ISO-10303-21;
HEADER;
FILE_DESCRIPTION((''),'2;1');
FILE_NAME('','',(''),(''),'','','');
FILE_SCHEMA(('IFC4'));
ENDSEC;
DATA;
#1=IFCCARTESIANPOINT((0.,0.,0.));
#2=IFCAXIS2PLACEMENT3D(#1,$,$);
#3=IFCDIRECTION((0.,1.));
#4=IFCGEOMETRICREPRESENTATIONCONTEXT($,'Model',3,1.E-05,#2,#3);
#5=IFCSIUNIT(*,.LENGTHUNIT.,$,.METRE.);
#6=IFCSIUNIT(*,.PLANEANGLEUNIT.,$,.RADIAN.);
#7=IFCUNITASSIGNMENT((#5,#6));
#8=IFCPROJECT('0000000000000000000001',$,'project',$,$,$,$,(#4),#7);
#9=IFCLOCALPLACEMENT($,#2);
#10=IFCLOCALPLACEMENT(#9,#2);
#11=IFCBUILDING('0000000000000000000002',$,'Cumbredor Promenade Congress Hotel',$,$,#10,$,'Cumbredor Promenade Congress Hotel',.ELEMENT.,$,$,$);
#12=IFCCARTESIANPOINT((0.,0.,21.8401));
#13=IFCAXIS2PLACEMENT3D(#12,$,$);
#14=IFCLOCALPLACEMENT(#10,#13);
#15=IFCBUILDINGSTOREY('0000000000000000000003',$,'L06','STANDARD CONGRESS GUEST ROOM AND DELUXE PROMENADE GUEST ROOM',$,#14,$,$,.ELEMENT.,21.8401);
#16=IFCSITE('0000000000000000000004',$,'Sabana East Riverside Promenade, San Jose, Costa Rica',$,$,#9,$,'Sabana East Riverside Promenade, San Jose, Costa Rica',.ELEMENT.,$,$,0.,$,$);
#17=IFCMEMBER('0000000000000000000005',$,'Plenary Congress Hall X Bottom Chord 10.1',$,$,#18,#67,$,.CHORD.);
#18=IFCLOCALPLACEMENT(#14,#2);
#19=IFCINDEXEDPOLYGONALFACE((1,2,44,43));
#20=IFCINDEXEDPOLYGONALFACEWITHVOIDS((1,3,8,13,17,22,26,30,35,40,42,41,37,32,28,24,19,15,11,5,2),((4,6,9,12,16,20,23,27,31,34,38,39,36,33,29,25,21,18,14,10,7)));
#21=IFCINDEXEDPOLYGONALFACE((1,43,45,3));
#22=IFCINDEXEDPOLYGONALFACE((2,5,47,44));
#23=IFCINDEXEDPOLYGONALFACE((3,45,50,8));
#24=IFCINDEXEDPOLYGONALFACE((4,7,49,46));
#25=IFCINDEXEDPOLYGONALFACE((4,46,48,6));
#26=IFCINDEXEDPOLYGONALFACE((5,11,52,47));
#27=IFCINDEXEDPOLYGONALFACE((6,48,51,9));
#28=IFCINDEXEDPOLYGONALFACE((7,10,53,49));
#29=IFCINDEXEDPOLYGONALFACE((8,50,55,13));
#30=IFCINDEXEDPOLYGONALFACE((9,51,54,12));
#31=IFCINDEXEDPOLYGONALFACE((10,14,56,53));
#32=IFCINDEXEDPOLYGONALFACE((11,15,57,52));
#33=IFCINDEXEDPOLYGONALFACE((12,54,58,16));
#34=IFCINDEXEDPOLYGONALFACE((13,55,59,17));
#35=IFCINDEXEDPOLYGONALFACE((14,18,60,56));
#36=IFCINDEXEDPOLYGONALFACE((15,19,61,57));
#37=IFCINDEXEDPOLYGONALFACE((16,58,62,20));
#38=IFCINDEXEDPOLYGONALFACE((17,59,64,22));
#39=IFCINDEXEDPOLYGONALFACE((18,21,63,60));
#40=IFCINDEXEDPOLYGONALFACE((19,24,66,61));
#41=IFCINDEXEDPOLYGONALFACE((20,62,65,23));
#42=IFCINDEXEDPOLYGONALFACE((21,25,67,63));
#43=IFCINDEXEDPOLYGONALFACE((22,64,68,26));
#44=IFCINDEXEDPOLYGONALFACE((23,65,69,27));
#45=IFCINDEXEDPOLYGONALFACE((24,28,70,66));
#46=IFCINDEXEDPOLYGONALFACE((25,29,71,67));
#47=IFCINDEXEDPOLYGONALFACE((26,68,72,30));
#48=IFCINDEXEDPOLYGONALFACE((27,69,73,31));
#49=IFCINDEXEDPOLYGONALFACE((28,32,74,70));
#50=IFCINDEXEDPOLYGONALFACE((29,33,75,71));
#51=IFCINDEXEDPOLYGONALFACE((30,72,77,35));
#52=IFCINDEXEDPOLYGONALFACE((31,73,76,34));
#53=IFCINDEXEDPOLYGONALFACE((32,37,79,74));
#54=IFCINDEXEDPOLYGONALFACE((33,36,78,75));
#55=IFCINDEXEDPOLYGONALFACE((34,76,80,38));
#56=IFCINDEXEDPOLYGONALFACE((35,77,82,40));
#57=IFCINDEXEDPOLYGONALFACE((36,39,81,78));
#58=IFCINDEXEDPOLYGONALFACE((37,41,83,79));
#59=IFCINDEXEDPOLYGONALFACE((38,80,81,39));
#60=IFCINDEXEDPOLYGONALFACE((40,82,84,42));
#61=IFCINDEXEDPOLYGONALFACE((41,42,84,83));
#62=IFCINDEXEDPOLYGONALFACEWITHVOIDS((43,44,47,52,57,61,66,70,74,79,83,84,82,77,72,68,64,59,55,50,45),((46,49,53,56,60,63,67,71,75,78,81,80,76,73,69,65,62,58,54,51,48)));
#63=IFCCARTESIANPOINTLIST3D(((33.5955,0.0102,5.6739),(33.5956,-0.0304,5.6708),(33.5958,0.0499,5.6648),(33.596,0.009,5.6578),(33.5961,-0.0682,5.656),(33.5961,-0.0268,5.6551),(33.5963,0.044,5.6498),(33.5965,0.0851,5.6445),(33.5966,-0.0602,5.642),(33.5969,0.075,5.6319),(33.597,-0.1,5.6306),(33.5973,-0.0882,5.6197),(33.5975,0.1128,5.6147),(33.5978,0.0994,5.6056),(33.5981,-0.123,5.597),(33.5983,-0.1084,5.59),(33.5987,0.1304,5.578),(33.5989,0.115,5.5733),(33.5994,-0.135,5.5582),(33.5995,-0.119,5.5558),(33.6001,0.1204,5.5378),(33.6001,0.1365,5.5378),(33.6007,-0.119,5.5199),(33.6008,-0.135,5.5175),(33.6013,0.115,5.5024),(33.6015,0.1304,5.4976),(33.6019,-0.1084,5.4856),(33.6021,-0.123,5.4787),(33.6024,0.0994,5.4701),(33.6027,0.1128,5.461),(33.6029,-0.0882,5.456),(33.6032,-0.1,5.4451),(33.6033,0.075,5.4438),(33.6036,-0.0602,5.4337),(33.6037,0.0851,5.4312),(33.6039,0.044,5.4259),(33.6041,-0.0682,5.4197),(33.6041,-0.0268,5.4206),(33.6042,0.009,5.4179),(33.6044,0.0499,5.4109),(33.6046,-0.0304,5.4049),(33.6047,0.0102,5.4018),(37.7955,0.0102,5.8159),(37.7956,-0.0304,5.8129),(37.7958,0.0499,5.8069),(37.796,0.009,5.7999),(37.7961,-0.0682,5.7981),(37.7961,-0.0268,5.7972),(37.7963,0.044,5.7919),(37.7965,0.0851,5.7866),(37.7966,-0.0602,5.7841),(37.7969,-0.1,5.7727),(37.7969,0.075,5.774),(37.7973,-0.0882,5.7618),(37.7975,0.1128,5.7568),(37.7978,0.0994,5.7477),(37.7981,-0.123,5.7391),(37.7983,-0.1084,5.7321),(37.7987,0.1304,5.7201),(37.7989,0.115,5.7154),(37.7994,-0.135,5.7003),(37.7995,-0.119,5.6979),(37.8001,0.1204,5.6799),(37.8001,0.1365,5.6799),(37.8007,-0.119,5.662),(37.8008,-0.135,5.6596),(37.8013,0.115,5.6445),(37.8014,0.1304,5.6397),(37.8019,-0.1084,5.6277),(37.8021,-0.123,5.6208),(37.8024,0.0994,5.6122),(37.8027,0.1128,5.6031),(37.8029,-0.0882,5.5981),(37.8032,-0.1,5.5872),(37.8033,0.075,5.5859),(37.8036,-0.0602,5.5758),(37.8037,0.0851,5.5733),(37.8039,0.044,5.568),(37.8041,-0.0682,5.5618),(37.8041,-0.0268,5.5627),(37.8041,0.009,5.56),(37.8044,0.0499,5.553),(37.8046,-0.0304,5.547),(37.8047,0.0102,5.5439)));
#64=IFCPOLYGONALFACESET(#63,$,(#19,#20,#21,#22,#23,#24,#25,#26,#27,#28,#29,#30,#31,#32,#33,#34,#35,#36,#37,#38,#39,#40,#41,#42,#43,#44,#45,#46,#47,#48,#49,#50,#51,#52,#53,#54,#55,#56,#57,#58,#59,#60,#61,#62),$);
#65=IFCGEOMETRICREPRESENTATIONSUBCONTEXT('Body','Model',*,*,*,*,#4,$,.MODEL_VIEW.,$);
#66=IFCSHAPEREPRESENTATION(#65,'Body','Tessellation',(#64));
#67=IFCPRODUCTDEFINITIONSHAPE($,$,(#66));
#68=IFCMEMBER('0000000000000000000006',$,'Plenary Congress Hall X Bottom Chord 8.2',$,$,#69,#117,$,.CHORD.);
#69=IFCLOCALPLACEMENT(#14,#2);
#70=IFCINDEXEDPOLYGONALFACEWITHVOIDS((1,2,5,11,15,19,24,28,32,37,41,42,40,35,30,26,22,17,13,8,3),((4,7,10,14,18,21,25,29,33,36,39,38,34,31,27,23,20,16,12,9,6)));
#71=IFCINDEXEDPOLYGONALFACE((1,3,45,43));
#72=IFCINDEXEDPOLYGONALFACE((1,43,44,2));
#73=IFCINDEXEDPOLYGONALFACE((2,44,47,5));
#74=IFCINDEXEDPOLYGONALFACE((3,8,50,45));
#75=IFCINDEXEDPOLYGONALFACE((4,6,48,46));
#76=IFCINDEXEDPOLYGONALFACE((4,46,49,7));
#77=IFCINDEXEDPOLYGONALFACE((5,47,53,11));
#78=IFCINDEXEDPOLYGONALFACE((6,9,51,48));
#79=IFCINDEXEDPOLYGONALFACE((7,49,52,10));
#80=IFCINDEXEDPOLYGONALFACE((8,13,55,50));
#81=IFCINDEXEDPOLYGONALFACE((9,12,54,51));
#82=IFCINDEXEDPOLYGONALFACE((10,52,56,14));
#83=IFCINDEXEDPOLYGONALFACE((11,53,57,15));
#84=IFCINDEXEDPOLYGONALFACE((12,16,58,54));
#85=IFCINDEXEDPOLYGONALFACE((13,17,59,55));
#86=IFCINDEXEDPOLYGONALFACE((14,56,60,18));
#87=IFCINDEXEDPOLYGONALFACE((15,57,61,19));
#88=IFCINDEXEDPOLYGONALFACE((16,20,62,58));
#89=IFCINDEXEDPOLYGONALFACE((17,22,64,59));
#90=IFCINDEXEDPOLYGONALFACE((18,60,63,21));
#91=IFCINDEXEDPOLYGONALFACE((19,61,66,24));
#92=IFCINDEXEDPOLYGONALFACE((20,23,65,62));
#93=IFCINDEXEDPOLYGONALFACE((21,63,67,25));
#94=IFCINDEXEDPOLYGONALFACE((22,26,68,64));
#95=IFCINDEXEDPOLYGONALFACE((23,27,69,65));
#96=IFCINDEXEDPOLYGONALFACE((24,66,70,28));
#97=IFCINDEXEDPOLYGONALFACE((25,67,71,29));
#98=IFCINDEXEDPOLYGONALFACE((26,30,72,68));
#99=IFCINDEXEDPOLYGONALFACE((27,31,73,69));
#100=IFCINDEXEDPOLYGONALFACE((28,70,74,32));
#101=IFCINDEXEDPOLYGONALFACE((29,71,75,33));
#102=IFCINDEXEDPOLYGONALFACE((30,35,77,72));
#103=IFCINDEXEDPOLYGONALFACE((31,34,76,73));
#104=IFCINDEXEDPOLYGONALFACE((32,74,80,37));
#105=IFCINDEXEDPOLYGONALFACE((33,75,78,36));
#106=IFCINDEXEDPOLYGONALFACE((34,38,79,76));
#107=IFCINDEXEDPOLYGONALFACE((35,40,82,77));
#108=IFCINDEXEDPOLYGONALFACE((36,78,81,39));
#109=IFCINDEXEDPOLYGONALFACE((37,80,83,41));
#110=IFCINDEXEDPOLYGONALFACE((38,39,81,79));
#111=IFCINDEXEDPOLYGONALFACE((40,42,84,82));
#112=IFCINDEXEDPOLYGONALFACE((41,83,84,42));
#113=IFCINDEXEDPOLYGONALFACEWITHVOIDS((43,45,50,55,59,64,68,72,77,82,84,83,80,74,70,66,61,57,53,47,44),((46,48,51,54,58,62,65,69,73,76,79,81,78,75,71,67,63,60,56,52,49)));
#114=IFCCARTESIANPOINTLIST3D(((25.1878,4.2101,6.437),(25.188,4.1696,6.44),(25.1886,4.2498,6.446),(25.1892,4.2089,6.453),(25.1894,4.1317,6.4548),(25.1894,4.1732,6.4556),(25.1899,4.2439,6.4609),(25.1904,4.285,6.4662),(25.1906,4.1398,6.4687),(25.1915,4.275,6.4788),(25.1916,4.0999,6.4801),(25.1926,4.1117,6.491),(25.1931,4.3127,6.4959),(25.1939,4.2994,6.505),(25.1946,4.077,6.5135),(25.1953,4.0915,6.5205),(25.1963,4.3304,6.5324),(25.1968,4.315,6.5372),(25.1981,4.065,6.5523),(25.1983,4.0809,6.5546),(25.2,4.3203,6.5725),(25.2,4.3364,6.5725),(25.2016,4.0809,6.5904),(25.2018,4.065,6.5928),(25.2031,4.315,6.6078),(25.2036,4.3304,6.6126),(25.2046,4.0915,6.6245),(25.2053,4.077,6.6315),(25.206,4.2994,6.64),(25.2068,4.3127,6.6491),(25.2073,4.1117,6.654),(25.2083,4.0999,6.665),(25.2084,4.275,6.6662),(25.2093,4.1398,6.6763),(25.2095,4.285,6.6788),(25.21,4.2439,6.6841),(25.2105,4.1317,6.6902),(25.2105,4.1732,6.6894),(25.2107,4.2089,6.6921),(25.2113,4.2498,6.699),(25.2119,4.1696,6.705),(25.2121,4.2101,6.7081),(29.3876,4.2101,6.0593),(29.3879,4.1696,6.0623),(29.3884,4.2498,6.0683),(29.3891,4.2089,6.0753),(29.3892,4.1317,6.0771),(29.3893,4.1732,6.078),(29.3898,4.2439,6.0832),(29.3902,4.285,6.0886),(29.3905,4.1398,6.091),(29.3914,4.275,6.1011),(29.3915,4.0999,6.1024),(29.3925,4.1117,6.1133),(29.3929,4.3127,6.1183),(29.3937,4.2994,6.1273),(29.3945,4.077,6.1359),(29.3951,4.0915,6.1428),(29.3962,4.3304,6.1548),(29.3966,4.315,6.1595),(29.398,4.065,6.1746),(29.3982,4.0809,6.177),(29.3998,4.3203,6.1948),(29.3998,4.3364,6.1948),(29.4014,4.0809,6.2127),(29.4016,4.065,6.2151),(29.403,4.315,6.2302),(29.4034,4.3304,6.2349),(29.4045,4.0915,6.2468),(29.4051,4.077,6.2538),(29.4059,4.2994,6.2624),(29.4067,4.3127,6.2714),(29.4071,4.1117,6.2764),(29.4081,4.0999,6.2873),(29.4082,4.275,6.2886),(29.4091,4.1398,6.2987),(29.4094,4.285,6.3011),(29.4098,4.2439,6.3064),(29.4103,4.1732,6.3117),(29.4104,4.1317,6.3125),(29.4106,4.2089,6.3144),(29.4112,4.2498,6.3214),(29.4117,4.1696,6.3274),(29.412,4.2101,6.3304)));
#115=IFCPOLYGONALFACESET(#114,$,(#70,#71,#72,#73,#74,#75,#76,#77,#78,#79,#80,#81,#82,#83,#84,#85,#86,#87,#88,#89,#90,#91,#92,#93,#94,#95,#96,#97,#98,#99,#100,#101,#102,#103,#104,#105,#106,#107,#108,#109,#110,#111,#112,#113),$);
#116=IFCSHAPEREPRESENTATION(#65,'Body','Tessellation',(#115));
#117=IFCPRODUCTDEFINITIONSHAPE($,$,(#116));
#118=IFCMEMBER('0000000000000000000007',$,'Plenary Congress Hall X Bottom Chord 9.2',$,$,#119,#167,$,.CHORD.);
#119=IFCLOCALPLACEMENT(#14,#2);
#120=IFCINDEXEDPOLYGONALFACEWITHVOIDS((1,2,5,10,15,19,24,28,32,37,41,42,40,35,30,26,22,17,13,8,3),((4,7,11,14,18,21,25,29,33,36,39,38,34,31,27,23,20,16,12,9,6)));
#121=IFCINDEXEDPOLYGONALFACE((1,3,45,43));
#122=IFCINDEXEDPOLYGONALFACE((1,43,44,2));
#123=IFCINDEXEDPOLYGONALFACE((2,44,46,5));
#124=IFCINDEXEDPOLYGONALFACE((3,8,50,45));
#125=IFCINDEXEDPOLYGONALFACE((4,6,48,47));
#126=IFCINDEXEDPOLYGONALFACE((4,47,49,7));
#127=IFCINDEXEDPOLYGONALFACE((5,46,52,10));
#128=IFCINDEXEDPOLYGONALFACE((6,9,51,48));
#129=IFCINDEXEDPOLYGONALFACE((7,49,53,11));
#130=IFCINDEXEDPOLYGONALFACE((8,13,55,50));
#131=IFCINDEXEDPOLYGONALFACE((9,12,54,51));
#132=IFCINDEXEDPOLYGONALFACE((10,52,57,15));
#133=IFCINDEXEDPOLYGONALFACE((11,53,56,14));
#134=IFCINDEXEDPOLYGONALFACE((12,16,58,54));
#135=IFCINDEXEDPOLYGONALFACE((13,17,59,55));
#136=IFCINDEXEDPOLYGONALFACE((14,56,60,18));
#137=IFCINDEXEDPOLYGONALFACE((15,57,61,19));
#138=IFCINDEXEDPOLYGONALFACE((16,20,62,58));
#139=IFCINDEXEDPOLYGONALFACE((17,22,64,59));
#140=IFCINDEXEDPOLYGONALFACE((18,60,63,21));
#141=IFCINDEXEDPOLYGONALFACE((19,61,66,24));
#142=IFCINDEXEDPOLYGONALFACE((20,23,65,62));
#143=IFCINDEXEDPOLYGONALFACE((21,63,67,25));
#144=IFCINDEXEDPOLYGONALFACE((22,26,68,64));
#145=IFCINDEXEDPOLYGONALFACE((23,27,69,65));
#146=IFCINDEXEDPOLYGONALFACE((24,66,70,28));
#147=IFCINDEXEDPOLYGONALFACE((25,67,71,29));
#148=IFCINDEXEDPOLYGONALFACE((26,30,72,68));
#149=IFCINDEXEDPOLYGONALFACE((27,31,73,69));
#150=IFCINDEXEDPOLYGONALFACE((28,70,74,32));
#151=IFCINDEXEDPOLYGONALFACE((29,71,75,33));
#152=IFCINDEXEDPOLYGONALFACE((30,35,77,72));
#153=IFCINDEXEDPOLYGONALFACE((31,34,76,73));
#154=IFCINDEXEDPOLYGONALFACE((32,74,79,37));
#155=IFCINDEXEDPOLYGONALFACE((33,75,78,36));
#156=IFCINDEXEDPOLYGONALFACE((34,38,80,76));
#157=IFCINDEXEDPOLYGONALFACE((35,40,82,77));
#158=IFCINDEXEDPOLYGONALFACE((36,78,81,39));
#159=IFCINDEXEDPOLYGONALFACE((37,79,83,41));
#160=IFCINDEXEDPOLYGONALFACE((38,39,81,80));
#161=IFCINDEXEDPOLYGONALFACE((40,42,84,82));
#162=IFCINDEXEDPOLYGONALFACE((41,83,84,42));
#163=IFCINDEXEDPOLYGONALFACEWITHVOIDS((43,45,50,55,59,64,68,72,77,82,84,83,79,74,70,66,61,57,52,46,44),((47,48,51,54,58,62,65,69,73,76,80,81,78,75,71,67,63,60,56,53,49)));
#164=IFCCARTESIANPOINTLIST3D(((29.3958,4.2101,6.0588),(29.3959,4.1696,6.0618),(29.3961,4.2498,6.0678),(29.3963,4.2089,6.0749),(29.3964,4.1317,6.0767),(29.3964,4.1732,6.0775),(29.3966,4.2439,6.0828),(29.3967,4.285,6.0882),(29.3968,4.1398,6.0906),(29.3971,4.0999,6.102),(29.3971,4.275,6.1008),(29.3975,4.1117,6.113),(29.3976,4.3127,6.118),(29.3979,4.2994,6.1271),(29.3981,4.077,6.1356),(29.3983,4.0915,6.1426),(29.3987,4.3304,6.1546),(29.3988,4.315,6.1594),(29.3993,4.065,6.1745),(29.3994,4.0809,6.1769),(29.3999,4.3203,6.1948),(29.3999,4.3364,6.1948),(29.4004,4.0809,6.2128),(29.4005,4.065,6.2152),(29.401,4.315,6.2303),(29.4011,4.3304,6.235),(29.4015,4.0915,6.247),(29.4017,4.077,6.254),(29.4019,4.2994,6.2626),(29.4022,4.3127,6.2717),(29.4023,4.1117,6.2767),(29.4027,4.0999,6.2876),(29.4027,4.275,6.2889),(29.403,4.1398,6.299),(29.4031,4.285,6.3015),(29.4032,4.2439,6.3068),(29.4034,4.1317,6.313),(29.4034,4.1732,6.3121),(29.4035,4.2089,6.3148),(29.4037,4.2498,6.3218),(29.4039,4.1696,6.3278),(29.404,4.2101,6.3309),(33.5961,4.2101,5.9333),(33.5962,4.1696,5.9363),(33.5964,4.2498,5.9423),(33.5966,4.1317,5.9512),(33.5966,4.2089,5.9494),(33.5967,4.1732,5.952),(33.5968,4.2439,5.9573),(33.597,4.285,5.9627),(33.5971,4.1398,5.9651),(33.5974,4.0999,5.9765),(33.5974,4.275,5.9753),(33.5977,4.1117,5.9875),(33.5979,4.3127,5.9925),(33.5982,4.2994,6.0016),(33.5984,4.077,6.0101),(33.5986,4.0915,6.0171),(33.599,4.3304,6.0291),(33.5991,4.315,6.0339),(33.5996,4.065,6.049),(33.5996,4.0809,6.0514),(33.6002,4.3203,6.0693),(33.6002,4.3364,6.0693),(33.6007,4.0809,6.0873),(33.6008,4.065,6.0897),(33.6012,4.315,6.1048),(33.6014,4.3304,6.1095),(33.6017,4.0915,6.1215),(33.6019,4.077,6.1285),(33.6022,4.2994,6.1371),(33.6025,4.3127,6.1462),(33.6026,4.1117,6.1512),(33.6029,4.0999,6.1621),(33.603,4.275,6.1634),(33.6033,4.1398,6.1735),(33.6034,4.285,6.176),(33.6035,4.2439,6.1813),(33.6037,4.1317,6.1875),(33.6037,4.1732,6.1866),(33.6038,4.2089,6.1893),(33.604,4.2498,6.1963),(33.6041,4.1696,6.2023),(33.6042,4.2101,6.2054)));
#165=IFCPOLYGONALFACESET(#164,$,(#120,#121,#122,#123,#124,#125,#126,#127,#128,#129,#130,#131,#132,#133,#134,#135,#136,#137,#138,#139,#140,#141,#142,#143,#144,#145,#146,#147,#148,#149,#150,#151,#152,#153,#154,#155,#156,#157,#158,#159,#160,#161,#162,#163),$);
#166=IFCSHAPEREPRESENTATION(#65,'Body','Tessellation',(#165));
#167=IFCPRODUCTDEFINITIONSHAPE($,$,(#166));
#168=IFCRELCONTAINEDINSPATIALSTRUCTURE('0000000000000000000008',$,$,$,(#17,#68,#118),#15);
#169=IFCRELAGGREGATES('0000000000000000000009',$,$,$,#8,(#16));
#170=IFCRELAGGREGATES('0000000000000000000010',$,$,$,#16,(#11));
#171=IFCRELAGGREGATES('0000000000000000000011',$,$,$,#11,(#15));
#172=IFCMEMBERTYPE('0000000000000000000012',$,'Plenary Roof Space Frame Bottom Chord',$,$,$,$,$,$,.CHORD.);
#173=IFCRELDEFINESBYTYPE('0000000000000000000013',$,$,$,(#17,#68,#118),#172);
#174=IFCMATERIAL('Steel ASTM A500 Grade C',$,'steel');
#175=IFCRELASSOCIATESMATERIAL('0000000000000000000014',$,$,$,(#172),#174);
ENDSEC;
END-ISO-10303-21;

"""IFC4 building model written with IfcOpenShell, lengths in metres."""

from ifc_helpers import new_model, si_unit, direction, frame, origin, origin_2d, place, context, subcontext, project, spatial, hollow_circle, extrude, material, material_profile, profile_set, type_object, element, save


model = new_model("IFC4")

# Units and contexts
model_context = context("Model", 3, precision=1e-05, world=origin(), true_north=direction((0.0, 1.0)))
body_context = subcontext(model_context, "Body", "Model", "MODEL_VIEW")
ifc_project = project(units=[si_unit("LENGTHUNIT", "METRE"), si_unit("PLANEANGLEUNIT", "RADIAN")], contexts=[model_context])

# Site, building, storey
site_placement = place(None, origin())
site = spatial("IfcSite", under=ifc_project, at=site_placement, Name="Sabana East Riverside Promenade, San Jose, Costa Rica", LongName="Sabana East Riverside Promenade, San Jose, Costa Rica", CompositionType="ELEMENT", RefElevation=0.0)
building_placement = place(site_placement, origin())
building = spatial("IfcBuilding", under=site, at=building_placement, Name="Cumbredor Promenade Congress Hotel", LongName="Cumbredor Promenade Congress Hotel", CompositionType="ELEMENT")
storey_placement = place(building_placement, frame((0.0, 0.0, 21.8401)))
storey = spatial("IfcBuildingStorey", under=building, at=storey_placement, Name="L06", Description="STANDARD CONGRESS GUEST ROOM AND DELUXE PROMENADE GUEST ROOM", CompositionType="ELEMENT", Elevation=21.8401)

# Members
ifc_material_1 = material(Name="Steel ASTM A500 Grade C", Category="steel")
ifc_material_profile_1 = material_profile(ifc_material_1, hollow_circle(Radius=0.1365, WallThickness=0.0161, at=origin_2d()), Name="CHS 273.0x16")
ifc_profile_set_1 = profile_set([ifc_material_profile_1], Name="Steel ASTM A500 Grade C")
member_type_1 = type_object("IfcMemberType", Name="Plenary Roof Space Frame Bottom Chord", PredefinedType="CHORD", material=ifc_profile_set_1)
member_1_placement = place(storey_placement, frame((33.6001, 0.0, 5.5378), z_axis=(0.999428, 0.0, 0.033812), x_axis=(0.0, 1.0, 0.0)))
element("IfcMember", 1, at=member_1_placement, inside=storey, type_object=member_type_1, Name="Plenary Congress Hall X Bottom Chord 10.1", PredefinedType="CHORD", context=body_context, shape_type="SweptSolid", body=[
    extrude(hollow_circle(Radius=0.1365, WallThickness=0.0161, at=origin_2d()), origin(), (0.0, 0.0, 1.0), 4.2024),
])
member_2_placement = place(storey_placement, frame((25.2, 4.2, 6.5725), z_axis=(0.995981, 0.0, -0.089565), x_axis=(0.0, 1.0, 0.0)))
element("IfcMember", 2, at=member_2_placement, inside=storey, type_object=member_type_1, Name="Plenary Congress Hall X Bottom Chord 8.2", PredefinedType="CHORD", context=body_context, shape_type="SweptSolid", body=[
    extrude(hollow_circle(Radius=0.1365, WallThickness=0.0161, at=origin_2d()), origin(), (0.0, 0.0, 1.0), 4.2168),
])
member_3_placement = place(storey_placement, frame((29.3999, 4.2, 6.1948), z_axis=(0.999554, 0.0, -0.029863), x_axis=(0.0, 1.0, 0.0)))
element("IfcMember", 3, at=member_3_placement, inside=storey, type_object=member_type_1, Name="Plenary Congress Hall X Bottom Chord 9.2", PredefinedType="CHORD", context=body_context, shape_type="SweptSolid", body=[
    extrude(hollow_circle(Radius=0.1365, WallThickness=0.0161, at=origin_2d()), origin(), (0.0, 0.0, 1.0), 4.2021),
])

save(model, "model.ifc")
